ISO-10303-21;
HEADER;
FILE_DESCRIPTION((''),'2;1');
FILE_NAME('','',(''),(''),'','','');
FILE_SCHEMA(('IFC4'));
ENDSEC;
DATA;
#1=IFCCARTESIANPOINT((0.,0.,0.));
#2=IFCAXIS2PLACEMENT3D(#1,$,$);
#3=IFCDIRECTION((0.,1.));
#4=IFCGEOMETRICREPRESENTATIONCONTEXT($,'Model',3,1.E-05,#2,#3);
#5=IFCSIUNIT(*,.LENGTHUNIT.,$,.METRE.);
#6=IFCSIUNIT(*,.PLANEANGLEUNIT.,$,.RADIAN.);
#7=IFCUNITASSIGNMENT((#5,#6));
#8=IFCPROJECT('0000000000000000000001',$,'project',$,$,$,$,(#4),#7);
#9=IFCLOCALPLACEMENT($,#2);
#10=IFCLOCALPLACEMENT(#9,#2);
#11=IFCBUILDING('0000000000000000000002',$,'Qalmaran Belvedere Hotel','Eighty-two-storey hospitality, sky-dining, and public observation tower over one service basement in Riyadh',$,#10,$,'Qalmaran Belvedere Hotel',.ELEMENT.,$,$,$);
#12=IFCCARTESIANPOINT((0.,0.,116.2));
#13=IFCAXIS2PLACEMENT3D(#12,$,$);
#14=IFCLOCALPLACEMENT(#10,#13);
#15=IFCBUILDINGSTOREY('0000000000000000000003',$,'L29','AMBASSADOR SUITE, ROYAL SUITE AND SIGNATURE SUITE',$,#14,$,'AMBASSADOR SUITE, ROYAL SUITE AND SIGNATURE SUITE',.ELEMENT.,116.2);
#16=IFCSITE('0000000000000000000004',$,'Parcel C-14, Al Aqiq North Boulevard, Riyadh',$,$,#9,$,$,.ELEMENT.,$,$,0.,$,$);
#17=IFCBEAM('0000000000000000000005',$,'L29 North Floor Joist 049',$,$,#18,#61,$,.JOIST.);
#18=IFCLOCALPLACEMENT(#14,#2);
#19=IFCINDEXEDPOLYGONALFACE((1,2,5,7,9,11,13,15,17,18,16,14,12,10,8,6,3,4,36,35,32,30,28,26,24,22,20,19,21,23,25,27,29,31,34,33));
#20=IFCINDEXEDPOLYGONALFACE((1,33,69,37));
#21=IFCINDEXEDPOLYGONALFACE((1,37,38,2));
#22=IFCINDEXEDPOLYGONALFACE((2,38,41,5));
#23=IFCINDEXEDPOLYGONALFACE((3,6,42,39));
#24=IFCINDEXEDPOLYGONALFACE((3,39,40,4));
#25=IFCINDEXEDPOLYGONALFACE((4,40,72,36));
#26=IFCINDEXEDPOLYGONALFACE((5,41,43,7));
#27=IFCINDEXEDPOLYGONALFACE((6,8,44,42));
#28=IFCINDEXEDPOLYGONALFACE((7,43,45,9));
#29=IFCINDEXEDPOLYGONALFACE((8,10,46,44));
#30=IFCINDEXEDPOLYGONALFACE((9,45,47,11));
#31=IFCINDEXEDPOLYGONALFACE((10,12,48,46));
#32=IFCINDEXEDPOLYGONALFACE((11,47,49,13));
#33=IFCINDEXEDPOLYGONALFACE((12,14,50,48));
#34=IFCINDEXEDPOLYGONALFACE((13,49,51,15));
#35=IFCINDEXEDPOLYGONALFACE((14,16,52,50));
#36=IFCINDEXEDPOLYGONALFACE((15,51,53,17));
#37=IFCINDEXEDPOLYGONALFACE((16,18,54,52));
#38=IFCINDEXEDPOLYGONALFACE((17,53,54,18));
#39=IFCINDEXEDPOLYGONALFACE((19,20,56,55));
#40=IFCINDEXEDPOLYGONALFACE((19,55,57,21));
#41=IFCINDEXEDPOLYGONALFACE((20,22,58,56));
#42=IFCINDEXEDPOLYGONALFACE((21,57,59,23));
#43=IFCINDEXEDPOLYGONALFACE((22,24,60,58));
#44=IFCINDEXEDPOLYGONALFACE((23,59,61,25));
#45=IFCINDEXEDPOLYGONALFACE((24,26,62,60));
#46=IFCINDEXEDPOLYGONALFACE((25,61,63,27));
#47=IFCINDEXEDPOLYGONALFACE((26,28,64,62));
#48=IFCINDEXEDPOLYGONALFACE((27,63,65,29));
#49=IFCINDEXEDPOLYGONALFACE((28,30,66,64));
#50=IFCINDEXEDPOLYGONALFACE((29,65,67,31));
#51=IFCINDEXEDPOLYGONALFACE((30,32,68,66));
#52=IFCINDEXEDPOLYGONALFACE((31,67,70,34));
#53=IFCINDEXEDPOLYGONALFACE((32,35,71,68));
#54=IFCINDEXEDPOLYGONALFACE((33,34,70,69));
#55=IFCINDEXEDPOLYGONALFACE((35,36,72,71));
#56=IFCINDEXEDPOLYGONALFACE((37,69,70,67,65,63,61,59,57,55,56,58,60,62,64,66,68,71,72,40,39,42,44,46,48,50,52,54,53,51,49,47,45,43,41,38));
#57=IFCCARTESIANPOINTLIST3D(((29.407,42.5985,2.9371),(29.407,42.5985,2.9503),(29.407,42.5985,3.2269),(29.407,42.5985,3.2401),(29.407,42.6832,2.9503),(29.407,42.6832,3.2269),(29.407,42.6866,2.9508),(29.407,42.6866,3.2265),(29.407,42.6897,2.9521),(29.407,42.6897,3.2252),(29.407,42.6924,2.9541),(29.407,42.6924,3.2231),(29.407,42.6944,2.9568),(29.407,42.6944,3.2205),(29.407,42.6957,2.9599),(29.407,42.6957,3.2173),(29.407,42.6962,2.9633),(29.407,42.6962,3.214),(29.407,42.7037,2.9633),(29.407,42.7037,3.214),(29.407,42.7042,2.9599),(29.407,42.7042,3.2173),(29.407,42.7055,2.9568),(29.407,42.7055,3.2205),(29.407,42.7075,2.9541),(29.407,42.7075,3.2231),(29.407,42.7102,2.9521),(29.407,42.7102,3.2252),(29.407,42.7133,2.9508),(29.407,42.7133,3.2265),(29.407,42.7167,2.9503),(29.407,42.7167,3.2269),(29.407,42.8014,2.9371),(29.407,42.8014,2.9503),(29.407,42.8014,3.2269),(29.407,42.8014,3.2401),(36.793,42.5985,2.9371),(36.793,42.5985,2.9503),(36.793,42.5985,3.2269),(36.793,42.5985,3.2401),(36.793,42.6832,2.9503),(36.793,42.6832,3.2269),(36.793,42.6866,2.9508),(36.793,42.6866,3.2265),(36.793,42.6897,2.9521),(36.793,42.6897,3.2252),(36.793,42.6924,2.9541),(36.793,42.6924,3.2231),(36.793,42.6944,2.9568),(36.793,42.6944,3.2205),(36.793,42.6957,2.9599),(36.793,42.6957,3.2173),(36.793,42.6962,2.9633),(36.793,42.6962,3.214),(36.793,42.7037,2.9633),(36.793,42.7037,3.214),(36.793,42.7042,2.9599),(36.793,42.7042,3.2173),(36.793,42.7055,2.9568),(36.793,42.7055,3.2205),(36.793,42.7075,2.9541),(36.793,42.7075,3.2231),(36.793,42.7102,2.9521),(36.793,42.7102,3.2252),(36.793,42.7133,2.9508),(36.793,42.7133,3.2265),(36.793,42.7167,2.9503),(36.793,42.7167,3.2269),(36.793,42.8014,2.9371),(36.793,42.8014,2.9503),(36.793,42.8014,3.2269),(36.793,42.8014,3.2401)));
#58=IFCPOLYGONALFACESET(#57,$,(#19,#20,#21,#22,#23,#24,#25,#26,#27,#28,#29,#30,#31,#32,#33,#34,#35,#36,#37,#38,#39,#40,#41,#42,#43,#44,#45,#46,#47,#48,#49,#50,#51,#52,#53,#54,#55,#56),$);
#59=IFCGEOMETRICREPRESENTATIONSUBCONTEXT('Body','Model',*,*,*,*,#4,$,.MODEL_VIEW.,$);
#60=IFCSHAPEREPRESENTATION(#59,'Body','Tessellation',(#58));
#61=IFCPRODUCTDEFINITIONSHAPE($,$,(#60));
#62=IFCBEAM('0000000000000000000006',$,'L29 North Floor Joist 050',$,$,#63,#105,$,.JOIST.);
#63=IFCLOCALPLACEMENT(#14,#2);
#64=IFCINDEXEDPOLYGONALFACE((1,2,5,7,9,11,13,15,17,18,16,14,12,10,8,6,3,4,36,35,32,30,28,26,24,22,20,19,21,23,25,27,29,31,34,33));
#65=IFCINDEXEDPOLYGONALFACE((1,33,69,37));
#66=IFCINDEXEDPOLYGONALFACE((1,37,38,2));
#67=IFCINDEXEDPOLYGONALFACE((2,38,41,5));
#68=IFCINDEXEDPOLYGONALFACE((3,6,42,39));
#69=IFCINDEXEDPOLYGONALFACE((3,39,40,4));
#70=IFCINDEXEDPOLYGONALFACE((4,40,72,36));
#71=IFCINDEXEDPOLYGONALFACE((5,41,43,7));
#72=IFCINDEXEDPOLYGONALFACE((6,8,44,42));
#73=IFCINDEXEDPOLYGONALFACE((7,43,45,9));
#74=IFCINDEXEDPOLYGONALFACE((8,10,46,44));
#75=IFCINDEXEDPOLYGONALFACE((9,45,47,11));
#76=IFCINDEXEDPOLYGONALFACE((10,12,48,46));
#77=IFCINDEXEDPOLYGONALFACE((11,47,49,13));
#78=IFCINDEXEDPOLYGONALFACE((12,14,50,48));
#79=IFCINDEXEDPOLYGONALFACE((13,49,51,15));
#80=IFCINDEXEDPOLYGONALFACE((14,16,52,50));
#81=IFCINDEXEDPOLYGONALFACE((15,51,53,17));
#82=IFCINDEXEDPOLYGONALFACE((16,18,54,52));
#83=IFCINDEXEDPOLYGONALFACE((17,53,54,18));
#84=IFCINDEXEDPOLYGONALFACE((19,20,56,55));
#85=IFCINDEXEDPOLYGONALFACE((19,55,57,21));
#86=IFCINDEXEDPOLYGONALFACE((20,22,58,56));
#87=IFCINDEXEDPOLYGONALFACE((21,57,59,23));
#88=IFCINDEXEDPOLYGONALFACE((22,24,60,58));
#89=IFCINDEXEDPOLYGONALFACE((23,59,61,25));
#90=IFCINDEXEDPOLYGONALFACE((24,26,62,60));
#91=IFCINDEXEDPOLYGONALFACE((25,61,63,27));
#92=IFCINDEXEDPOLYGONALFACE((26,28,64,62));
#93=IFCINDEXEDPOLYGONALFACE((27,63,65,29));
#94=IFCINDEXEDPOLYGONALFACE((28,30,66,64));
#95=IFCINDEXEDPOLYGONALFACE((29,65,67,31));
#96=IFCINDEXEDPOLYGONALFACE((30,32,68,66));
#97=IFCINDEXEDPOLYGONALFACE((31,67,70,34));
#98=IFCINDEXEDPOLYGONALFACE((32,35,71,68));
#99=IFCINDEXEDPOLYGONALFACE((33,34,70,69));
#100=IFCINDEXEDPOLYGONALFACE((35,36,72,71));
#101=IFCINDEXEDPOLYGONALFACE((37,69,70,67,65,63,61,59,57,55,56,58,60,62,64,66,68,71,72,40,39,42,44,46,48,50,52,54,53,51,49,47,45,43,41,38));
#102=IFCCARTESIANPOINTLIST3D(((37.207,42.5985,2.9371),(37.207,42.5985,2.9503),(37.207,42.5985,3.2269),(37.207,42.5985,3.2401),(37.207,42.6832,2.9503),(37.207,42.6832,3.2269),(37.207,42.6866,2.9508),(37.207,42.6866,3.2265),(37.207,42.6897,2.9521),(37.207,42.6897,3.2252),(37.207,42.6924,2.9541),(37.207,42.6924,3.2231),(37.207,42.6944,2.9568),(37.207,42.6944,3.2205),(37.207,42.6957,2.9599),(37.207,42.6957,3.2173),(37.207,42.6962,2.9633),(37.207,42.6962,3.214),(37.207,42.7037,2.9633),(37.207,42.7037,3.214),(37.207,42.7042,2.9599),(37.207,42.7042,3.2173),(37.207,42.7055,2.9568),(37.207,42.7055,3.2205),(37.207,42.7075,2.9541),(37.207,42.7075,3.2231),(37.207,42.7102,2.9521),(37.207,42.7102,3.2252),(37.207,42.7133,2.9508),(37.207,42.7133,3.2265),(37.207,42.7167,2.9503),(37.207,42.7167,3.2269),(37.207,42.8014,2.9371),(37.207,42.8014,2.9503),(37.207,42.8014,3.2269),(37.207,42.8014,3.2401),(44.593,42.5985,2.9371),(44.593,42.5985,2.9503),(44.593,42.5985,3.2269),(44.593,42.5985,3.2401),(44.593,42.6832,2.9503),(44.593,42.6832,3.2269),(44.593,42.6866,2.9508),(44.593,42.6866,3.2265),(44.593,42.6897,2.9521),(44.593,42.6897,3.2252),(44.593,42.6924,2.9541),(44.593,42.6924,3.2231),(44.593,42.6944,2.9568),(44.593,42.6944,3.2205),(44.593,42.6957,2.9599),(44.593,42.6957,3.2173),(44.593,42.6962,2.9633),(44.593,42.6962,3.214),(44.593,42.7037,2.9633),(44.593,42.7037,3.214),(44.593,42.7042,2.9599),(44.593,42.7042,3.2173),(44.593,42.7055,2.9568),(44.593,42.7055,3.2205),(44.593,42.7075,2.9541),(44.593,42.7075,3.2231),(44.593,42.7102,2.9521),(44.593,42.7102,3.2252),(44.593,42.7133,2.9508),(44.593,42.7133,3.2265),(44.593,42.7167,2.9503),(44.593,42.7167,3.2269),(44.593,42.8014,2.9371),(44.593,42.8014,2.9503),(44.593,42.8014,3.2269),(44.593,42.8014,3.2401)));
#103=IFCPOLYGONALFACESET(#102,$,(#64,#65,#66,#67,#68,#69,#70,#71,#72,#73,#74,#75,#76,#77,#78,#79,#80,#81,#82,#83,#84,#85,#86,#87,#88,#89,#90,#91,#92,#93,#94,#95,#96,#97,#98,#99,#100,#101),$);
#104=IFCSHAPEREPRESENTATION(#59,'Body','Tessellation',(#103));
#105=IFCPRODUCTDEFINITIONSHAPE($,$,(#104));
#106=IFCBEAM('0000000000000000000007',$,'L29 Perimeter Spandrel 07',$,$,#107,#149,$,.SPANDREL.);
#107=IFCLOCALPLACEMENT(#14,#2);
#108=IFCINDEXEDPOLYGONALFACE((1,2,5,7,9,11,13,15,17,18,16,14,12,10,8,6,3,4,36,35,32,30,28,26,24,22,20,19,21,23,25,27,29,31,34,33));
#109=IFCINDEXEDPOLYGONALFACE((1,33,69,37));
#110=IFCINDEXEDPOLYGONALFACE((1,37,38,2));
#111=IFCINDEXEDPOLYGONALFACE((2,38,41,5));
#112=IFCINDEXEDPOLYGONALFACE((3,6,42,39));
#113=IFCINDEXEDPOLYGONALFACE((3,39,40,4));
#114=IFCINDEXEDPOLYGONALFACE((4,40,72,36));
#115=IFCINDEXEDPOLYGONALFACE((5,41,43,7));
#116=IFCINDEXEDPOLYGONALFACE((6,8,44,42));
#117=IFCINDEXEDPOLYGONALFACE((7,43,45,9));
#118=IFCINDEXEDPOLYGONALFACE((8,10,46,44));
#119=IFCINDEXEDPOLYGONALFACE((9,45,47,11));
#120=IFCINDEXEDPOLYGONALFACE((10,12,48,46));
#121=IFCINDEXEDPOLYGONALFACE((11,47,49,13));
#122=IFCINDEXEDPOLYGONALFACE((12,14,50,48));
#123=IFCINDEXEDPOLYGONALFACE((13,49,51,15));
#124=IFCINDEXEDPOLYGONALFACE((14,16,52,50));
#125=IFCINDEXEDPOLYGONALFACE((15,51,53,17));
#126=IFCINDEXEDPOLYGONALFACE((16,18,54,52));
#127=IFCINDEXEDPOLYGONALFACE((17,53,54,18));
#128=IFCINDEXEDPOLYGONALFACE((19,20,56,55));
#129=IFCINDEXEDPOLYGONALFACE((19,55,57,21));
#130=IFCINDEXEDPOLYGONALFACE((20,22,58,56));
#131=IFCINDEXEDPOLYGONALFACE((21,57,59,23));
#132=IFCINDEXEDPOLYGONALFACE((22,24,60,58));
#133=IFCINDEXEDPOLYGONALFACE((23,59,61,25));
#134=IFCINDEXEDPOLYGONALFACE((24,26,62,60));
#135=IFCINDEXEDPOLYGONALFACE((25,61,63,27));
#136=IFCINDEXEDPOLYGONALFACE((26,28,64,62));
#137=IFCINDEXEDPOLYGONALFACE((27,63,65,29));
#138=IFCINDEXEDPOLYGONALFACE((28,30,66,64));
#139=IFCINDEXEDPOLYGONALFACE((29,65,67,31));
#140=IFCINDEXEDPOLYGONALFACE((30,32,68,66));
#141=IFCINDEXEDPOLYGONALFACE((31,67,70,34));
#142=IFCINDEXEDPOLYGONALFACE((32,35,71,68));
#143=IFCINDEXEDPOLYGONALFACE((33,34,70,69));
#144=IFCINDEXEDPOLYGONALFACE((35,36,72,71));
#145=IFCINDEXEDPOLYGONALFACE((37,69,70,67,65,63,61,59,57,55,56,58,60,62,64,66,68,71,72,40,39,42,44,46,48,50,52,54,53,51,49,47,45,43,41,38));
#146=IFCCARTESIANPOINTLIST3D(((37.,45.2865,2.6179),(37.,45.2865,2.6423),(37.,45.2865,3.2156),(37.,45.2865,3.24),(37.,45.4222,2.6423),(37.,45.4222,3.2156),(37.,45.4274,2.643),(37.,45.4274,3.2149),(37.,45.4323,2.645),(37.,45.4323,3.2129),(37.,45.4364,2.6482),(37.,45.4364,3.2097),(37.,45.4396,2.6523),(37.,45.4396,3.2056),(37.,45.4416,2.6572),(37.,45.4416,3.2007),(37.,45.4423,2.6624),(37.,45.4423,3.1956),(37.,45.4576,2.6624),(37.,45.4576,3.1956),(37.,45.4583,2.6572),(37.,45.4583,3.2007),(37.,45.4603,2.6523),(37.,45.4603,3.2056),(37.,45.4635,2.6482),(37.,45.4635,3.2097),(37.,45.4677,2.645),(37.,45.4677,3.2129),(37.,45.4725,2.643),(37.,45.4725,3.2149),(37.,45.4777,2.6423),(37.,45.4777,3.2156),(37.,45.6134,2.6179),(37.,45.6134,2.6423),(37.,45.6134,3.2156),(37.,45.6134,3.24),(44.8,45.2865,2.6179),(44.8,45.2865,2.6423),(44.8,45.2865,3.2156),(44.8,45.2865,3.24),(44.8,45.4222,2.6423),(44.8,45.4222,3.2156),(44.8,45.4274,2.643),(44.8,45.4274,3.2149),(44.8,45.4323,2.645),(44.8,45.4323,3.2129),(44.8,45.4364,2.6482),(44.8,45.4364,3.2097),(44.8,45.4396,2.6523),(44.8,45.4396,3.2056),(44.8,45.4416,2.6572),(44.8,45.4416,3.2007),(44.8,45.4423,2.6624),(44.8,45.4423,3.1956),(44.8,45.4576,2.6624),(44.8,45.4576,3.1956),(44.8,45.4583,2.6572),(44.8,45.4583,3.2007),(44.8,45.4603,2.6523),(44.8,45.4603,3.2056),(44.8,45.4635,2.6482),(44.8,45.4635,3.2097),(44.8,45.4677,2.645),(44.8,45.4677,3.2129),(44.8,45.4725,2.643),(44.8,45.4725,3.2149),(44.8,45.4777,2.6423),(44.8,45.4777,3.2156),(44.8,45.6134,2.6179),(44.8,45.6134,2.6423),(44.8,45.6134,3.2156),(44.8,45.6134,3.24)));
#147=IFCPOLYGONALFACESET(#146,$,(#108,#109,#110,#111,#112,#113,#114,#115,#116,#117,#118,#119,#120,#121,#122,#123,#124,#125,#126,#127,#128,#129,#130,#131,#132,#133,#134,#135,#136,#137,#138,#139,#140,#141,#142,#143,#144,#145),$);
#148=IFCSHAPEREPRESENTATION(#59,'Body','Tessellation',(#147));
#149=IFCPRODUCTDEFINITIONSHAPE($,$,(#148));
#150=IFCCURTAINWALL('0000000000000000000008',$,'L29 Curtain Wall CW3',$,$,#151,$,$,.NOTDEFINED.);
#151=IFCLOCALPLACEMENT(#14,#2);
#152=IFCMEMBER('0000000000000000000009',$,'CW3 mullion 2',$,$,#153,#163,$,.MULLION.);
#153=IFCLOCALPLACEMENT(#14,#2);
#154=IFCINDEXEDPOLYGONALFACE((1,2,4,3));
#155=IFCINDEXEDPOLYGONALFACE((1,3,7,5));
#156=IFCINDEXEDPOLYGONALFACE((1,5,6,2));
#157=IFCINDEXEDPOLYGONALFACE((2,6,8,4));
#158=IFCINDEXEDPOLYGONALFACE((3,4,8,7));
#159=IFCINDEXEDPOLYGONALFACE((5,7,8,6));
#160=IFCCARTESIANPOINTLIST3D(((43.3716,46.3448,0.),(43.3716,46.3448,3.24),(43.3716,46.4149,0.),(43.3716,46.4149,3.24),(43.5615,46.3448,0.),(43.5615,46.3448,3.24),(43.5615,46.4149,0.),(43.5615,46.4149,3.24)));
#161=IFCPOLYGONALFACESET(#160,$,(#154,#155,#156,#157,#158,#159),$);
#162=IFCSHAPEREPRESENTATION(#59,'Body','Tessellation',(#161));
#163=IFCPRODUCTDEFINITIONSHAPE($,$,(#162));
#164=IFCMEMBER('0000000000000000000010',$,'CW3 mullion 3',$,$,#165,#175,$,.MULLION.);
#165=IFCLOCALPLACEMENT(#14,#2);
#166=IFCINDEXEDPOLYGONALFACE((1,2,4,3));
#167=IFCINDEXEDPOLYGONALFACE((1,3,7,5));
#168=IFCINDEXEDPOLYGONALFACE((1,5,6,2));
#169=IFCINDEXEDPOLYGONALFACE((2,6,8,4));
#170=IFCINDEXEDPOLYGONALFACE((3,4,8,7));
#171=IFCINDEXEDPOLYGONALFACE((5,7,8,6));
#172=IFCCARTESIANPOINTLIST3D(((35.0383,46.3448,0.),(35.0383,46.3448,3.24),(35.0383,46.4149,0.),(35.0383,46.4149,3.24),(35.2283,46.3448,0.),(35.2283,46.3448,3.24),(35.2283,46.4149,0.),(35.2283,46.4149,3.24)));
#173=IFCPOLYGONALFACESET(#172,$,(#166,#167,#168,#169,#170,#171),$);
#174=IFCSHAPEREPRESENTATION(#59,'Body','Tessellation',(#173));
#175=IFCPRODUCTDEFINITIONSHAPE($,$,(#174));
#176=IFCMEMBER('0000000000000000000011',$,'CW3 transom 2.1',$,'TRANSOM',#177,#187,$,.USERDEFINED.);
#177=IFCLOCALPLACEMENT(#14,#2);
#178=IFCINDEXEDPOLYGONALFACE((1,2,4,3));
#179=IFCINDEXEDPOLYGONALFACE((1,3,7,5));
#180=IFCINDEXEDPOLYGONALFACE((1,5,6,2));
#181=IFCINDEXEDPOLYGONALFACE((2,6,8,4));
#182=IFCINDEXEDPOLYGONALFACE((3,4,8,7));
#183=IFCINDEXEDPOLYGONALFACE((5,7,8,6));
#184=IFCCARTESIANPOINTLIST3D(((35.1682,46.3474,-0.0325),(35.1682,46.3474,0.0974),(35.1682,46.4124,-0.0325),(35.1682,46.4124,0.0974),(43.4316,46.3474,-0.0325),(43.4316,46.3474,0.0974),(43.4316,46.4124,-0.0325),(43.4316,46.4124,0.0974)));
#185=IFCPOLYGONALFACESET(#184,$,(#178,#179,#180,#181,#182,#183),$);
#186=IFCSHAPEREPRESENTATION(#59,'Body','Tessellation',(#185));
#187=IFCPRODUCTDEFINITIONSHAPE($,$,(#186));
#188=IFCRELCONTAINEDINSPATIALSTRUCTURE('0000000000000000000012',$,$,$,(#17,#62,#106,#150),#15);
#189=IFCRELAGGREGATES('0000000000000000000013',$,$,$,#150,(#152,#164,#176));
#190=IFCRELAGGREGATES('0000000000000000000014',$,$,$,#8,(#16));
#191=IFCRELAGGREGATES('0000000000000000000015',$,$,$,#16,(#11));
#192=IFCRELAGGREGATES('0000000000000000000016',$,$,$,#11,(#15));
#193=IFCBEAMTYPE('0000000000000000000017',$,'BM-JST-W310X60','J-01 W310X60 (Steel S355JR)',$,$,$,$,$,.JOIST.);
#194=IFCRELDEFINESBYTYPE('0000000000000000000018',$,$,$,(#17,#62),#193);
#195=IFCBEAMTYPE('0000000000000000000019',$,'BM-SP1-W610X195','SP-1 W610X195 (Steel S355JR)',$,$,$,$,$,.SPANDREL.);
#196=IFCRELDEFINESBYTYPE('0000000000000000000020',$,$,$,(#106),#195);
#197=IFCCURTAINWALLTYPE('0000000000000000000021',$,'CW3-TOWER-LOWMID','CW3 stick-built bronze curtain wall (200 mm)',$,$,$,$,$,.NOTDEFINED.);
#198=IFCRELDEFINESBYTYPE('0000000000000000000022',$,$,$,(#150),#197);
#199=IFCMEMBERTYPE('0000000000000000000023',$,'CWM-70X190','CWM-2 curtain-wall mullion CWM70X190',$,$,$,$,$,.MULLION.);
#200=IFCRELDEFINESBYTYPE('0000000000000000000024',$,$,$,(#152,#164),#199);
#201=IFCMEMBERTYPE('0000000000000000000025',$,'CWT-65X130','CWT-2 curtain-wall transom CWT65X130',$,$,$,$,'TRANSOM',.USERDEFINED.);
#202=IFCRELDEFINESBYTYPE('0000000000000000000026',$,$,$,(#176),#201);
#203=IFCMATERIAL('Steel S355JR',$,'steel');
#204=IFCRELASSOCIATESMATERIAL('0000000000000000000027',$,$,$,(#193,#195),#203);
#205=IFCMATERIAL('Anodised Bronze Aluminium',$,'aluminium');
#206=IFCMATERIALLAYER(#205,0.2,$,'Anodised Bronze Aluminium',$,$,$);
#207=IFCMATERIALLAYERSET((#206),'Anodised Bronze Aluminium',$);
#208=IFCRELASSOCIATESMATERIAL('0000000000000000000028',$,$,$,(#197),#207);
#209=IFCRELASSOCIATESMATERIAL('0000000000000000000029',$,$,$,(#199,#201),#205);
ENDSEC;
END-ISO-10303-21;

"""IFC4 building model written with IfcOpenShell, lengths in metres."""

from ifc_helpers import new_model, si_unit, direction, frame, origin, origin_2d, place, context, subcontext, project, spatial, rectangle, i_section, extrude, material, layer, layer_set, material_profile, profile_set, type_object, element, aggregate, save


model = new_model("IFC4")

# Units and contexts
model_context = context("Model", 3, precision=1e-05, world=origin(), true_north=direction((0.0, 1.0)))
body_context = subcontext(model_context, "Body", "Model", "MODEL_VIEW")
ifc_project = project(units=[si_unit("LENGTHUNIT", "METRE"), si_unit("PLANEANGLEUNIT", "RADIAN")], contexts=[model_context])

# Site, building, storey
site_placement = place(None, origin())
site = spatial("IfcSite", under=ifc_project, at=site_placement, Name="Parcel C-14, Al Aqiq North Boulevard, Riyadh", CompositionType="ELEMENT", RefElevation=0.0)
building_placement = place(site_placement, origin())
building = spatial("IfcBuilding", under=site, at=building_placement, Name="Qalmaran Belvedere Hotel", Description="Eighty-two-storey hospitality, sky-dining, and public observation tower over one service basement in Riyadh", LongName="Qalmaran Belvedere Hotel", CompositionType="ELEMENT")
storey_placement = place(building_placement, frame((0.0, 0.0, 116.2)))
storey = spatial("IfcBuildingStorey", under=building, at=storey_placement, Name="L29", Description="AMBASSADOR SUITE, ROYAL SUITE AND SIGNATURE SUITE", LongName="AMBASSADOR SUITE, ROYAL SUITE AND SIGNATURE SUITE", CompositionType="ELEMENT", Elevation=116.2)

# Beams
ifc_material_1 = material(Name="Steel S355JR", Category="steel")
ifc_material_profile_1 = material_profile(ifc_material_1, i_section(OverallWidth=0.2029, OverallDepth=0.303, WebThickness=0.0076, FlangeThickness=0.0132, FilletRadius=0.0129, at=origin_2d()), Name="W310X60")
ifc_profile_set_1 = profile_set([ifc_material_profile_1], Name="Steel S355JR")
beam_type_1 = type_object("IfcBeamType", Name="BM-JST-W310X60", Description="J-01 W310X60 (Steel S355JR)", PredefinedType="JOIST", material=ifc_profile_set_1)
for number, where, z_axis, x_axis, name in (
    (1, (29.407, 42.7, 3.0886), (1.0, 0.0, 0.0), (0.0, 1.0, 0.0), "L29 North Floor Joist 049"),
    (2, (37.207, 42.7, 3.0886), (1.0, 0.0, 0.0), (0.0, 1.0, 0.0), "L29 North Floor Joist 050"),
):
    element("IfcBeam", number, at=place(storey_placement, frame(where, z_axis=z_axis, x_axis=x_axis)), inside=storey, type_object=beam_type_1, Name=name, PredefinedType="JOIST", context=body_context, shape_type="SweptSolid", body=[
        extrude(i_section(OverallWidth=0.2029, OverallDepth=0.303, WebThickness=0.0076, FlangeThickness=0.0132, FilletRadius=0.0129, at=origin_2d()), origin(), (0.0, 0.0, 1.0), 7.386),
    ])
ifc_material_profile_2 = material_profile(ifc_material_1, i_section(OverallWidth=0.3269, OverallDepth=0.6221, WebThickness=0.0154, FlangeThickness=0.0244, FilletRadius=0.02, at=origin_2d()), Name="W610X195")
ifc_profile_set_2 = profile_set([ifc_material_profile_2], Name="Steel S355JR")
beam_type_2 = type_object("IfcBeamType", Name="BM-SP1-W610X195", Description="SP-1 W610X195 (Steel S355JR)", PredefinedType="SPANDREL", material=ifc_profile_set_2)
beam_placement = place(storey_placement, frame((37.0, 45.45, 2.929), z_axis=(1.0, 0.0, 0.0), x_axis=(0.0, 1.0, 0.0)))
element("IfcBeam", 3, at=beam_placement, inside=storey, type_object=beam_type_2, Name="L29 Perimeter Spandrel 07", PredefinedType="SPANDREL", context=body_context, shape_type="SweptSolid", body=[
    extrude(i_section(OverallWidth=0.3269, OverallDepth=0.6221, WebThickness=0.0154, FlangeThickness=0.0244, FilletRadius=0.02, at=origin_2d()), origin(), (0.0, 0.0, 1.0), 7.8),
])

# Curtain wall, members
ifc_material_2 = material(Name="Anodised Bronze Aluminium", Category="aluminium")
ifc_layer_1 = layer(ifc_material_2, 0.2, Name="Anodised Bronze Aluminium")
ifc_layer_set_1 = layer_set([ifc_layer_1], Name="Anodised Bronze Aluminium")
curtain_wall_type = type_object("IfcCurtainWallType", Name="CW3-TOWER-LOWMID", Description="CW3 stick-built bronze curtain wall (200 mm)", PredefinedType="NOTDEFINED", material=ifc_layer_set_1)
curtain_wall_placement = place(storey_placement, origin())
curtain_wall = element("IfcCurtainWall", 4, at=curtain_wall_placement, inside=storey, type_object=curtain_wall_type, Name="L29 Curtain Wall CW3", PredefinedType="NOTDEFINED")
ifc_material_profile_3 = material_profile(ifc_material_2, rectangle(XDim=0.0701, YDim=0.1899, at=origin_2d()), Name="CWM70X190")
ifc_profile_set_3 = profile_set([ifc_material_profile_3], Name="Anodised Bronze Aluminium")
member_type_1 = type_object("IfcMemberType", Name="CWM-70X190", Description="CWM-2 curtain-wall mullion CWM70X190", PredefinedType="MULLION", material=ifc_profile_set_3)
member_1_placement = place(storey_placement, frame((43.4666, 46.3799, 0.0), z_axis=(0.0, 0.0, 1.0), x_axis=(0.0, -1.0, 0.0)))
member_1 = element("IfcMember", 5, at=member_1_placement, type_object=member_type_1, Name="CW3 mullion 2", PredefinedType="MULLION", context=body_context, shape_type="SweptSolid", body=[
    extrude(rectangle(XDim=0.0701, YDim=0.1899, at=origin_2d()), origin(), (0.0, 0.0, 1.0), 3.24),
])
member_2_placement = place(storey_placement, frame((35.1333, 46.3799, 0.0), z_axis=(0.0, 0.0, 1.0), x_axis=(0.0, -1.0, 0.0)))
member_2 = element("IfcMember", 6, at=member_2_placement, type_object=member_type_1, Name="CW3 mullion 3", PredefinedType="MULLION", context=body_context, shape_type="SweptSolid", body=[
    extrude(rectangle(XDim=0.0701, YDim=0.1899, at=origin_2d()), origin(), (0.0, 0.0, 1.0), 3.24),
])
ifc_material_profile_4 = material_profile(ifc_material_2, rectangle(XDim=0.0649, YDim=0.1299, at=origin_2d()), Name="CWT65X130")
ifc_profile_set_4 = profile_set([ifc_material_profile_4], Name="Anodised Bronze Aluminium")
member_type_2 = type_object("IfcMemberType", Name="CWT-65X130", Description="CWT-2 curtain-wall transom CWT65X130", ElementType="TRANSOM", PredefinedType="USERDEFINED", material=ifc_profile_set_4)
member_3_placement = place(storey_placement, frame((43.4316, 46.3799, 0.0325), z_axis=(-1.0, 0.0, 0.0), x_axis=(0.0, -1.0, 0.0)))
member_3 = element("IfcMember", 7, at=member_3_placement, type_object=member_type_2, Name="CW3 transom 2.1", ObjectType="TRANSOM", PredefinedType="USERDEFINED", context=body_context, shape_type="SweptSolid", body=[
    extrude(rectangle(XDim=0.0649, YDim=0.1299, at=origin_2d()), origin(), (0.0, 0.0, 1.0), 8.2634),
])
aggregate(curtain_wall, [member_1, member_2, member_3])

save(model, "model.ifc")
